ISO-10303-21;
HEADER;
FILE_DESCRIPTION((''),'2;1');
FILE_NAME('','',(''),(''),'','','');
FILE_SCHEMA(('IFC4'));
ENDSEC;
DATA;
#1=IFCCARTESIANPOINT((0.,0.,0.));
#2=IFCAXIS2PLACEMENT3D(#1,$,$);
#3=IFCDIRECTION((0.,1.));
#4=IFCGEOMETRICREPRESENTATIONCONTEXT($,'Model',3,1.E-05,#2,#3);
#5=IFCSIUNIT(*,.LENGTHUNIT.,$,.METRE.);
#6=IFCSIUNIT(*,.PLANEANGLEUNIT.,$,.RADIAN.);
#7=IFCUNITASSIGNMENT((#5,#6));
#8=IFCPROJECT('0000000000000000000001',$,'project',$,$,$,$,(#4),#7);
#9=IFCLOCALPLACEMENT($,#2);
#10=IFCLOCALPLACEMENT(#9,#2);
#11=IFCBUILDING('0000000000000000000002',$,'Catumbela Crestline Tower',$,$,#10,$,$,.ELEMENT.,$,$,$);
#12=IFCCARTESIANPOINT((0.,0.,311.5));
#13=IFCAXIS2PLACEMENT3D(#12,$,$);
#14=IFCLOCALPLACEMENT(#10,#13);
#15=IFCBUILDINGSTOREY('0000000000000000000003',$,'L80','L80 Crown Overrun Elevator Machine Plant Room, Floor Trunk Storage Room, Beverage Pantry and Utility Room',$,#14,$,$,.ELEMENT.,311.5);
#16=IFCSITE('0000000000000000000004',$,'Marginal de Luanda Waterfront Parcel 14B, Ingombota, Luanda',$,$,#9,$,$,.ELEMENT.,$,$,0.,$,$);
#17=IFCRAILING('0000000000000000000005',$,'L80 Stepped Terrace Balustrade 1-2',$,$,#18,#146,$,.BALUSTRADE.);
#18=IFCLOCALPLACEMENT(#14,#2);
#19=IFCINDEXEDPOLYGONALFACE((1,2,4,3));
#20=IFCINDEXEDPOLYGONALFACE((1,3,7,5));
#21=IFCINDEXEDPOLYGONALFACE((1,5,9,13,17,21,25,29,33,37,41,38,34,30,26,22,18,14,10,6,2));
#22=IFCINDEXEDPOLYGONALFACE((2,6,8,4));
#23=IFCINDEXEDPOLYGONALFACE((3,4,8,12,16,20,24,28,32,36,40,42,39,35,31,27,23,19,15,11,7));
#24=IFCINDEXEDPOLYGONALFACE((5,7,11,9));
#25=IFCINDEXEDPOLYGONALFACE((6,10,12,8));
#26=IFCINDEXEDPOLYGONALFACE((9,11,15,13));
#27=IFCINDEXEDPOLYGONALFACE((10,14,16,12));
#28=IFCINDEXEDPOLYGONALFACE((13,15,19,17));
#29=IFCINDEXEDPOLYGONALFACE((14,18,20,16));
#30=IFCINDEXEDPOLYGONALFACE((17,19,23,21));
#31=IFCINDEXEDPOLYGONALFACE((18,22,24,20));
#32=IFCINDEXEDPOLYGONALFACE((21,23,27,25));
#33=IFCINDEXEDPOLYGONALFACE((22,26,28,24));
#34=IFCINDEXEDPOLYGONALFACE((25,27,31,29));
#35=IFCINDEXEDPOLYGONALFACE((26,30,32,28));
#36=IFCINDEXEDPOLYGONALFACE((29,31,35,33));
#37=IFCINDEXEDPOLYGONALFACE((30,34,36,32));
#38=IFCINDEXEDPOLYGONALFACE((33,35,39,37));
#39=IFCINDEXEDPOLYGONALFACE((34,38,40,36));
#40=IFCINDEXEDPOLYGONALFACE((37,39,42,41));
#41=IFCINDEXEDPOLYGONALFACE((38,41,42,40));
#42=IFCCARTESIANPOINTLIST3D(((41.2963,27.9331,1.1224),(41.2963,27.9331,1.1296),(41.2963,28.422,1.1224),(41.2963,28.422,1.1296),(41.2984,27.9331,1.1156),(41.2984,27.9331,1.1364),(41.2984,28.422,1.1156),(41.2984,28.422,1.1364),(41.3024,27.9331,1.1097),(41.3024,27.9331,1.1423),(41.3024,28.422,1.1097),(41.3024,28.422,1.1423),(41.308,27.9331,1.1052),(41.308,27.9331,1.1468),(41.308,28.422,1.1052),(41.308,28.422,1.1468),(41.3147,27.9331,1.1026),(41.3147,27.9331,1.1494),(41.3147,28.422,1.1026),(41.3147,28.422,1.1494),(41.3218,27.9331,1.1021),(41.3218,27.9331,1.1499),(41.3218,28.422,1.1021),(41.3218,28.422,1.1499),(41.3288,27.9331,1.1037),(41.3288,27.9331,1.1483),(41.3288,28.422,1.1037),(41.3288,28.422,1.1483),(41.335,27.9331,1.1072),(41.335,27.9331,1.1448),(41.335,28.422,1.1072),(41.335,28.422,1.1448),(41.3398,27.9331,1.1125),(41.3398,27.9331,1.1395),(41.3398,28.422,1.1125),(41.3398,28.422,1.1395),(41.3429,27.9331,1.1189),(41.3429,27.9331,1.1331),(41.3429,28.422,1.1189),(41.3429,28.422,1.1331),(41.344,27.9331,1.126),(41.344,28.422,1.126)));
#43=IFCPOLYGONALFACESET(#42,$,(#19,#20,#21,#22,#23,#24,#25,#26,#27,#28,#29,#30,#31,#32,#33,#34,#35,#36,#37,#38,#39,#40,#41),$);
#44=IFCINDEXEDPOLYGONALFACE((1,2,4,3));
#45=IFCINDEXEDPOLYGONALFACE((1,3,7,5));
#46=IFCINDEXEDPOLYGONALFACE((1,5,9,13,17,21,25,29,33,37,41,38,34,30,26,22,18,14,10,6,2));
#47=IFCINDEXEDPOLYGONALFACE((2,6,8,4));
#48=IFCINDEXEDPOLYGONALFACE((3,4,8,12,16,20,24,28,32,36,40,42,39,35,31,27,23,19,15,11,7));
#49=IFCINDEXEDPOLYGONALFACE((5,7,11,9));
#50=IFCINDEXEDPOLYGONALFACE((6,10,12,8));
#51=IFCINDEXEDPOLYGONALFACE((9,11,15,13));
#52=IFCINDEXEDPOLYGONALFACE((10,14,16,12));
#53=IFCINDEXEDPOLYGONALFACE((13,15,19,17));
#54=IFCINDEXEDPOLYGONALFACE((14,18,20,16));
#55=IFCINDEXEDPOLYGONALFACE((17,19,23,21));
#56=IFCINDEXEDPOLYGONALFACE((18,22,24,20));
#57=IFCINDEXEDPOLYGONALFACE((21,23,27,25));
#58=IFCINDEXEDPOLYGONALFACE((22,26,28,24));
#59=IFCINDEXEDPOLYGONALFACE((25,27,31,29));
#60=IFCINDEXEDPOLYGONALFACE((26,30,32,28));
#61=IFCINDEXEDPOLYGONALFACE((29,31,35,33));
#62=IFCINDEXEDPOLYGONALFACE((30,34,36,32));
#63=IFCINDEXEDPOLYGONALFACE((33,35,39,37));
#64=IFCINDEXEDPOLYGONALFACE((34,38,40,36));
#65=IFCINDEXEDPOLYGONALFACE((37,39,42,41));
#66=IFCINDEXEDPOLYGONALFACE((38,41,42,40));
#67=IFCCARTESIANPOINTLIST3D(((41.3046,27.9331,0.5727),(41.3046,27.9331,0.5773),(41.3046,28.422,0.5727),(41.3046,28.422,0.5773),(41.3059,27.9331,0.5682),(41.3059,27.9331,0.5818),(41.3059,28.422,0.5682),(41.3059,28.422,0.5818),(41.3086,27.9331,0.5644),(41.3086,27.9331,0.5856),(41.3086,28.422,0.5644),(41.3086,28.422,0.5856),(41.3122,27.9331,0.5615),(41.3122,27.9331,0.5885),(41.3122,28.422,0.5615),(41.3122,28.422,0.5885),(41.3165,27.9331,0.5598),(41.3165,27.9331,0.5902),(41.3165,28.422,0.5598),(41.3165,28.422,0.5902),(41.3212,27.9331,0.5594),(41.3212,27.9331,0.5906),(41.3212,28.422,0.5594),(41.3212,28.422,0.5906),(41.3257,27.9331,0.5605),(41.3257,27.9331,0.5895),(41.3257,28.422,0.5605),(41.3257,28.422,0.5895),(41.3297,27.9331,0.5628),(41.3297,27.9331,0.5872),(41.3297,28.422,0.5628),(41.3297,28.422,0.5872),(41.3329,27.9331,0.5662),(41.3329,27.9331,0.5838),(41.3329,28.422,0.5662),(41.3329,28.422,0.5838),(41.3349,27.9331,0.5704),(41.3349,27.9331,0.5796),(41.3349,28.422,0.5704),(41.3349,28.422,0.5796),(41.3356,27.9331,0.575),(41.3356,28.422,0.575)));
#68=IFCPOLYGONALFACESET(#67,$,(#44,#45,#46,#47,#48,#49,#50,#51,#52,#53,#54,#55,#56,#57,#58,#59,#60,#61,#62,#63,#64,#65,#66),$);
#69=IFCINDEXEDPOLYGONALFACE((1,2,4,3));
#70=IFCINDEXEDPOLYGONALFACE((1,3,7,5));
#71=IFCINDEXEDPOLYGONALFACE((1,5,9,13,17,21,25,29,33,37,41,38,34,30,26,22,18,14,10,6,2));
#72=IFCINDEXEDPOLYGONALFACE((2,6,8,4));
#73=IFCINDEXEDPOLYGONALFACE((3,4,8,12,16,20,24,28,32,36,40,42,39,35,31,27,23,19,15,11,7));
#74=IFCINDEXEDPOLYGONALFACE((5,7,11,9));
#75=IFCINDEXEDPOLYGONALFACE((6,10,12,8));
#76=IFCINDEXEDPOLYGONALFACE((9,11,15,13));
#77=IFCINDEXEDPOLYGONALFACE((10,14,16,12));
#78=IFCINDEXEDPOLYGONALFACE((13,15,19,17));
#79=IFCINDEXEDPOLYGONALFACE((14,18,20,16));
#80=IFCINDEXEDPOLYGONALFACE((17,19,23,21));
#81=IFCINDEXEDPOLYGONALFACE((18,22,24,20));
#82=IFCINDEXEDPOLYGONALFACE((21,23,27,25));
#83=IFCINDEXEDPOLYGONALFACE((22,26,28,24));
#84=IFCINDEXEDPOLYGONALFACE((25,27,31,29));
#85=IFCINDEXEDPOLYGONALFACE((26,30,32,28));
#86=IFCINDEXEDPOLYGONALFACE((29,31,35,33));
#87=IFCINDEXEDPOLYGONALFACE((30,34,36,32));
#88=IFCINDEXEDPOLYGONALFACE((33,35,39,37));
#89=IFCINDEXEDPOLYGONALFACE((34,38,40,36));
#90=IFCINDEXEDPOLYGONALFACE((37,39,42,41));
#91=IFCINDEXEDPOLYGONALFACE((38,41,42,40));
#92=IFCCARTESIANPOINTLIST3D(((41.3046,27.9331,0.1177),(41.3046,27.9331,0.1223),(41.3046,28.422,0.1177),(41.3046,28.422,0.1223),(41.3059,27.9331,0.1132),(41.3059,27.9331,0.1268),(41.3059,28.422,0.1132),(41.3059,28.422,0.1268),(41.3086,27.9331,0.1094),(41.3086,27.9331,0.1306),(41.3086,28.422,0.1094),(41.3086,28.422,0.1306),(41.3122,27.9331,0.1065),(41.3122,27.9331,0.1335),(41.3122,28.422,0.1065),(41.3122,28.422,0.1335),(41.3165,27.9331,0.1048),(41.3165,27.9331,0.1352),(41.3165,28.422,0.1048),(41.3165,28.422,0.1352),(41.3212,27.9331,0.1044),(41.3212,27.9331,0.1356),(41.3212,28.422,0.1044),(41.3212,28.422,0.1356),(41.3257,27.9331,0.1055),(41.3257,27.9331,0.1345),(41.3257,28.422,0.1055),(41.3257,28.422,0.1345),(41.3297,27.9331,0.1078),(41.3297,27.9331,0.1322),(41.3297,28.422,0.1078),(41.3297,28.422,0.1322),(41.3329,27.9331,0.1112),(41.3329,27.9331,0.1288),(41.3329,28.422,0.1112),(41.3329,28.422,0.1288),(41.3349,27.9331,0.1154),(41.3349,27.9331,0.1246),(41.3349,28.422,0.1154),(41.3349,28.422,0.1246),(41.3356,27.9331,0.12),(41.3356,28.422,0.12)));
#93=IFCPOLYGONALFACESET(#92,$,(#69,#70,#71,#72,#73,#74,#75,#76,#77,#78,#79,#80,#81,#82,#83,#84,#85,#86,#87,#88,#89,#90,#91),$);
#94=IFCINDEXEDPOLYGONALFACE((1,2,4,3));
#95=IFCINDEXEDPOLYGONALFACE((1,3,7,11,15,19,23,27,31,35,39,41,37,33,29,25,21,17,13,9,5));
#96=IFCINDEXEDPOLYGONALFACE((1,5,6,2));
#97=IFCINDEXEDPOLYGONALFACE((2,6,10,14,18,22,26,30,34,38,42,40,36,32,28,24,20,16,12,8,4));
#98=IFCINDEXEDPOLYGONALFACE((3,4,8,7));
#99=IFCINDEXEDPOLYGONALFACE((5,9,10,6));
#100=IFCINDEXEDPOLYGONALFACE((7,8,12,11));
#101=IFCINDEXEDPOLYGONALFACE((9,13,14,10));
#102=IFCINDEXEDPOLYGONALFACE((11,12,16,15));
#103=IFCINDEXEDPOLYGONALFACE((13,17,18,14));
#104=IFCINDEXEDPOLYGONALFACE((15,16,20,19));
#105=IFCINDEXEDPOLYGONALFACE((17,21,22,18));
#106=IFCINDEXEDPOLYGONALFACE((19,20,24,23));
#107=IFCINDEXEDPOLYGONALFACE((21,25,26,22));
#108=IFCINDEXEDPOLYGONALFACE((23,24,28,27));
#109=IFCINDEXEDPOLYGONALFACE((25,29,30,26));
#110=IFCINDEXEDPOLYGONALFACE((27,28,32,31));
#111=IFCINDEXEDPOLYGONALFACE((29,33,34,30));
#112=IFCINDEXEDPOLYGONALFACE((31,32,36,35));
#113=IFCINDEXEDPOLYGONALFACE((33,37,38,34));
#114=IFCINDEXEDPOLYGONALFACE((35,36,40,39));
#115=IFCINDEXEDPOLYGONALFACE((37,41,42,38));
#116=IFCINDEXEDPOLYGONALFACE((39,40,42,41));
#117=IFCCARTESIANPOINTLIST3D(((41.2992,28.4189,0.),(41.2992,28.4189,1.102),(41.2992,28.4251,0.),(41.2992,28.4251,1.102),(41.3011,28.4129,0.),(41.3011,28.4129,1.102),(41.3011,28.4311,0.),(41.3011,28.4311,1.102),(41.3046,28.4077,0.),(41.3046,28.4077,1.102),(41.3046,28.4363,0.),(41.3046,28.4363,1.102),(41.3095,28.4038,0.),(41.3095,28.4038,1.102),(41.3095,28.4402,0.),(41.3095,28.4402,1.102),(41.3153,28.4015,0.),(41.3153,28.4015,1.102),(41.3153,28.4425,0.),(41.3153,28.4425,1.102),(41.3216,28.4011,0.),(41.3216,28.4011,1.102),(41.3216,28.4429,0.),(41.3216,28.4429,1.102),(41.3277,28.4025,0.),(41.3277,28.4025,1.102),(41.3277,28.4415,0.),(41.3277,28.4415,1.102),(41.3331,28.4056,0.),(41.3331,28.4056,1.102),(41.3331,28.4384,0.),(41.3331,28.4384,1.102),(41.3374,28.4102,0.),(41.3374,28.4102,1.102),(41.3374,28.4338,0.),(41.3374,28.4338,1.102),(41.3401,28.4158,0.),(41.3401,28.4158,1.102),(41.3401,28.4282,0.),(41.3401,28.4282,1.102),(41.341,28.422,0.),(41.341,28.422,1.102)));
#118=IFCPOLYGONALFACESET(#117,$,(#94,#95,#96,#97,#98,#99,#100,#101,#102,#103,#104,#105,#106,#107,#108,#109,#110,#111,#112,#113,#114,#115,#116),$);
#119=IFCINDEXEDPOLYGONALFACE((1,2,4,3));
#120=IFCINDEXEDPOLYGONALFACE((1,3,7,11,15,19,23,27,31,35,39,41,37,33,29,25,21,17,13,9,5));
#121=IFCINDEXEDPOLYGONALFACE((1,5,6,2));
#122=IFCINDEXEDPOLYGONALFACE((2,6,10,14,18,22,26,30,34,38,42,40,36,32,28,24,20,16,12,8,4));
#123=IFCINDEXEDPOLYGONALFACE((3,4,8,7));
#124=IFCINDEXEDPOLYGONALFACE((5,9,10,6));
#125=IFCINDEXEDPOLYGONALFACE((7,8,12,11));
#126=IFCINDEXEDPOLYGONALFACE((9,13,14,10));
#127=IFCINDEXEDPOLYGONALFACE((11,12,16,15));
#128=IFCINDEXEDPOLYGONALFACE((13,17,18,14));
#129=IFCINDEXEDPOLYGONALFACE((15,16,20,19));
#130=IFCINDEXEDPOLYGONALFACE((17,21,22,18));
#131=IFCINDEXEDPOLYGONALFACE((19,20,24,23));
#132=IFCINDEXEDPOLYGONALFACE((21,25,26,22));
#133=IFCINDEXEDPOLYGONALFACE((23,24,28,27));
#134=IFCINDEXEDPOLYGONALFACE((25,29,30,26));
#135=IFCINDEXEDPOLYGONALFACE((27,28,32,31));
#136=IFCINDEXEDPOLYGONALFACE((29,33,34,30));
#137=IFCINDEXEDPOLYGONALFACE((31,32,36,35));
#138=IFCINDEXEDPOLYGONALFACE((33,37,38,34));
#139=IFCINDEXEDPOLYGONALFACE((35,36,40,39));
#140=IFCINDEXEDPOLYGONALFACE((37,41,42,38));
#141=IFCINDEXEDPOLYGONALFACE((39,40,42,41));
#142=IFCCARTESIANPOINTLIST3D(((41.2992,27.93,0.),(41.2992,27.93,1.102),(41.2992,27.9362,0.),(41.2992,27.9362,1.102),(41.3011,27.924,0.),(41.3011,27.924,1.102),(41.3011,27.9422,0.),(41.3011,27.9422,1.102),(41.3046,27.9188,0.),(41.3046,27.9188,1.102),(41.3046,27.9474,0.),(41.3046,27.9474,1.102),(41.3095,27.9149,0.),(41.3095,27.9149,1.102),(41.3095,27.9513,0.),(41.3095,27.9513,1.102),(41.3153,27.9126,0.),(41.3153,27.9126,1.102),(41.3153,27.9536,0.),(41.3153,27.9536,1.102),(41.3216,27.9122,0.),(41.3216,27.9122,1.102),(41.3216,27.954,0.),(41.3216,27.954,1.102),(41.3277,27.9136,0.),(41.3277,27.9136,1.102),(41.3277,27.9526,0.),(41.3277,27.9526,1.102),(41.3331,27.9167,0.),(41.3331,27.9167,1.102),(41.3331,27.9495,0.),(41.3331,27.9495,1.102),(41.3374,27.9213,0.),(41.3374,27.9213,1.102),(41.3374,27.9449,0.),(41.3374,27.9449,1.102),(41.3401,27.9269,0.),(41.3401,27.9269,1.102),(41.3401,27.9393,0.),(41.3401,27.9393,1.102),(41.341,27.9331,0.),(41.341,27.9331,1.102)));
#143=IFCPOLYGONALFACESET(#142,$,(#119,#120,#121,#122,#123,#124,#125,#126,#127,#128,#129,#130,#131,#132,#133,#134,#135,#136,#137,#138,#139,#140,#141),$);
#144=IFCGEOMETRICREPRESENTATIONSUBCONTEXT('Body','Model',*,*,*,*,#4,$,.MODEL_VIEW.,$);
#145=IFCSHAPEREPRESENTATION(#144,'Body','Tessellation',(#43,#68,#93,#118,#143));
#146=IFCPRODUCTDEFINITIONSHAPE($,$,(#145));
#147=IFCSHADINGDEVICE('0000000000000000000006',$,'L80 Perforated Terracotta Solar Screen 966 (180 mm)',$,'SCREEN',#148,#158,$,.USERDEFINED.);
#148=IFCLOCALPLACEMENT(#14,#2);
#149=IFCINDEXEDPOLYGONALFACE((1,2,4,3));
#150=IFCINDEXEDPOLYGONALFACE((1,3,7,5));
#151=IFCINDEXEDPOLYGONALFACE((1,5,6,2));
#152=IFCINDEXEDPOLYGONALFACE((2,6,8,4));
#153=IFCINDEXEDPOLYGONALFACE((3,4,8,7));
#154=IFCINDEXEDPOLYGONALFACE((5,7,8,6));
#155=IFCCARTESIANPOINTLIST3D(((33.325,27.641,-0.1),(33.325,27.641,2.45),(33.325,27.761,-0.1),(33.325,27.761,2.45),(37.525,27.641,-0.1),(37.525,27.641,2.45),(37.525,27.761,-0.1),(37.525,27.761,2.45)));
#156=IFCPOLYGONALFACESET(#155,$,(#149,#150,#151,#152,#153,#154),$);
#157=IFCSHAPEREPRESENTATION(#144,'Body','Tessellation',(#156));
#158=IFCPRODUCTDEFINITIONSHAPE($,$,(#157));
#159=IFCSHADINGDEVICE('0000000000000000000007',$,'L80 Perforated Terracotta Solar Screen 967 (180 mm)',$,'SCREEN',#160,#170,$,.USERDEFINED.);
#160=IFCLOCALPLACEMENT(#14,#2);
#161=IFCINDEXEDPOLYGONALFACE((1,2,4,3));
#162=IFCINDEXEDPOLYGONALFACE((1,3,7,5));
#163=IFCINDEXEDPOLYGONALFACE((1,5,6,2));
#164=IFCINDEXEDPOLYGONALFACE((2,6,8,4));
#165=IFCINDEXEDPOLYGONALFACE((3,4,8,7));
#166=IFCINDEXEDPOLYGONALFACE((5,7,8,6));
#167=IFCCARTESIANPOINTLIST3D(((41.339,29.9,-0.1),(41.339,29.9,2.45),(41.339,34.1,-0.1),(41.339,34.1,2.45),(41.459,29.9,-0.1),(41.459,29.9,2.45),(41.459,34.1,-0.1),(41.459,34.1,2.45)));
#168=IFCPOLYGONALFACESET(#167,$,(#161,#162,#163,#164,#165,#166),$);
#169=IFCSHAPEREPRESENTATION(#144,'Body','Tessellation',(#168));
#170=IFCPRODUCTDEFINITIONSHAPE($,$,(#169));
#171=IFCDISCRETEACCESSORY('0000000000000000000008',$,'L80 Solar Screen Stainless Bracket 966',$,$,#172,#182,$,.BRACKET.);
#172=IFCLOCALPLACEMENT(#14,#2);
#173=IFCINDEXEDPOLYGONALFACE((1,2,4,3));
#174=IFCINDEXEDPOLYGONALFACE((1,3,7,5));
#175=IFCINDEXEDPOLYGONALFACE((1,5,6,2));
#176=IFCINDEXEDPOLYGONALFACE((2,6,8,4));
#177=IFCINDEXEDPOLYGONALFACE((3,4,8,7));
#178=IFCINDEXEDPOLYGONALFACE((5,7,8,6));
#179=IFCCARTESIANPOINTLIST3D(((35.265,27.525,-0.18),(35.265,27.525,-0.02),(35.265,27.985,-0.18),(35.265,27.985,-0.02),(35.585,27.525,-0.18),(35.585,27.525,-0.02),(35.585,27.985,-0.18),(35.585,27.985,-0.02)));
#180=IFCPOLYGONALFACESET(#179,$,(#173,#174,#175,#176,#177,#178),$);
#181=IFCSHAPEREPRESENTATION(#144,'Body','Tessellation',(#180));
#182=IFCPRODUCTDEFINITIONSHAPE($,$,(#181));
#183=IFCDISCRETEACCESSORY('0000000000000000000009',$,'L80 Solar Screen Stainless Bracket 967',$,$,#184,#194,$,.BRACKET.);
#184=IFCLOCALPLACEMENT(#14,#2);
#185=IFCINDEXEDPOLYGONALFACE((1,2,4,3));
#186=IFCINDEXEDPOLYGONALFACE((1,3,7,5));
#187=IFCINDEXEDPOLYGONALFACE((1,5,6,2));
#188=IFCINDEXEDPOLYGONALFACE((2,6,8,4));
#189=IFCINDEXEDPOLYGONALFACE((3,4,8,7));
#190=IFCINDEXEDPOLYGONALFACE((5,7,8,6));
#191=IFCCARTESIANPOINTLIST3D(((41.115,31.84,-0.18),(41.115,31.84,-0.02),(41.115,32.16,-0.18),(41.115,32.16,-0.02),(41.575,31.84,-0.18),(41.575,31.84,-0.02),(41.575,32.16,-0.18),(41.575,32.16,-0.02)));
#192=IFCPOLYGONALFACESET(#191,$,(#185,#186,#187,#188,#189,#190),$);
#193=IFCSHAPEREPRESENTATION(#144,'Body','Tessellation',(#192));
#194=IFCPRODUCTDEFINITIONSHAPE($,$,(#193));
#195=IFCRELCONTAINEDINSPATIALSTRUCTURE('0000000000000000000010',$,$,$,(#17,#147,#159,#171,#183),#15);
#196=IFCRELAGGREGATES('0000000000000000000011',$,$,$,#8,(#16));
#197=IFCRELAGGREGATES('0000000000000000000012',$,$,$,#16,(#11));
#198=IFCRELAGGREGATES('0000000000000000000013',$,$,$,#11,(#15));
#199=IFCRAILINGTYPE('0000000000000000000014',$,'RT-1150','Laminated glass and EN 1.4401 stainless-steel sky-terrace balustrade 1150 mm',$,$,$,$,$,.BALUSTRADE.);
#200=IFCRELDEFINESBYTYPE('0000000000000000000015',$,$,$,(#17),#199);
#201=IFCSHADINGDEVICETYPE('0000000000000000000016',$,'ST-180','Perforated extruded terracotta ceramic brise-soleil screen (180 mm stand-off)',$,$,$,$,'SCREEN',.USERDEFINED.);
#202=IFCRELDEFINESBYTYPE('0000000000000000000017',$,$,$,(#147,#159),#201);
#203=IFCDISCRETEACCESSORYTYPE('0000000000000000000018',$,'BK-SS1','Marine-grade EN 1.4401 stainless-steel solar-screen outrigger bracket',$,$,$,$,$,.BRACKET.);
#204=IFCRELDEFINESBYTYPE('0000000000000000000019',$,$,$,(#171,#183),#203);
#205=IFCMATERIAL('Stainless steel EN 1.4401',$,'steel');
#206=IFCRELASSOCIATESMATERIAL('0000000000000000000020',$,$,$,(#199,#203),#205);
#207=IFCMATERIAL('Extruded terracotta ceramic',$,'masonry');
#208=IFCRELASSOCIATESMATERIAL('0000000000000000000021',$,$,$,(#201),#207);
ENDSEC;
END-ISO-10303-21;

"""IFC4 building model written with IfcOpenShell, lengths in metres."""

from ifc_helpers import new_model, si_unit, direction, frame, origin, origin_2d, place, context, subcontext, project, spatial, rectangle, circle, extrude, material, type_object, element, save


model = new_model("IFC4")

# Units and contexts
model_context = context("Model", 3, precision=1e-05, world=origin(), true_north=direction((0.0, 1.0)))
body_context = subcontext(model_context, "Body", "Model", "MODEL_VIEW")
ifc_project = project(units=[si_unit("LENGTHUNIT", "METRE"), si_unit("PLANEANGLEUNIT", "RADIAN")], contexts=[model_context])

# Site, building, storey
site_placement = place(None, origin())
site = spatial("IfcSite", under=ifc_project, at=site_placement, Name="Marginal de Luanda Waterfront Parcel 14B, Ingombota, Luanda", CompositionType="ELEMENT", RefElevation=0.0)
building_placement = place(site_placement, origin())
building = spatial("IfcBuilding", under=site, at=building_placement, Name="Catumbela Crestline Tower", CompositionType="ELEMENT")
storey_placement = place(building_placement, frame((0.0, 0.0, 311.5)))
storey = spatial("IfcBuildingStorey", under=building, at=storey_placement, Name="L80", Description="L80 Crown Overrun Elevator Machine Plant Room, Floor Trunk Storage Room, Beverage Pantry and Utility Room", CompositionType="ELEMENT", Elevation=311.5)

# Shared definitions
ifc_material_1 = material(Name="Stainless steel EN 1.4401", Category="steel")

# Railing
railing_type = type_object("IfcRailingType", Name="RT-1150", Description="Laminated glass and EN 1.4401 stainless-steel sky-terrace balustrade 1150 mm", PredefinedType="BALUSTRADE", material=ifc_material_1)
railing_1_placement = place(storey_placement, frame((41.32, 28.422, 0.0)))
element("IfcRailing", 1, at=railing_1_placement, inside=storey, type_object=railing_type, Name="L80 Stepped Terrace Balustrade 1-2", PredefinedType="BALUSTRADE", context=body_context, shape_type="SweptSolid", body=[
    extrude(circle(Radius=0.024, at=origin_2d()), frame((0.0, 0.0, 1.126), z_axis=(0.0, -1.0, 0.0), x_axis=(1.0, 0.0, 0.0)), (0.0, 0.0, 1.0), 0.4889),
    extrude(circle(Radius=0.0156, at=origin_2d()), frame((0.0, 0.0, 0.575), z_axis=(0.0, -1.0, 0.0), x_axis=(1.0, 0.0, 0.0)), (0.0, 0.0, 1.0), 0.4889),
    extrude(circle(Radius=0.0156, at=origin_2d()), frame((0.0, 0.0, 0.12), z_axis=(0.0, -1.0, 0.0), x_axis=(1.0, 0.0, 0.0)), (0.0, 0.0, 1.0), 0.4889),
    extrude(circle(Radius=0.021, at=origin_2d()), origin(), (0.0, 0.0, 1.0), 1.102),
    extrude(circle(Radius=0.021, at=origin_2d()), frame((0.0, -0.4889, 0.0)), (0.0, 0.0, 1.0), 1.102),
])

# Shading devices
ifc_material_2 = material(Name="Extruded terracotta ceramic", Category="masonry")
shading_device_type = type_object("IfcShadingDeviceType", Name="ST-180", Description="Perforated extruded terracotta ceramic brise-soleil screen (180 mm stand-off)", ElementType="SCREEN", PredefinedType="USERDEFINED", material=ifc_material_2)
for number, where, z_axis, x_axis, name in (
    (2, (35.425, 27.701, -0.1), (0.0, 0.0, 1.0), (1.0, 0.0, 0.0), "L80 Perforated Terracotta Solar Screen 966 (180 mm)"),
    (3, (41.399, 32.0, -0.1), (0.0, 0.0, 1.0), (0.0, 1.0, 0.0), "L80 Perforated Terracotta Solar Screen 967 (180 mm)"),
):
    element("IfcShadingDevice", number, at=place(storey_placement, frame(where, z_axis=z_axis, x_axis=x_axis)), inside=storey, type_object=shading_device_type, Name=name, ObjectType="SCREEN", PredefinedType="USERDEFINED", context=body_context, shape_type="SweptSolid", body=[
        extrude(rectangle(XDim=4.2, YDim=0.12, at=origin_2d()), origin(), (0.0, 0.0, 1.0), 2.55),
    ])

# Discrete accessories
discrete_accessory_type = type_object("IfcDiscreteAccessoryType", Name="BK-SS1", Description="Marine-grade EN 1.4401 stainless-steel solar-screen outrigger bracket", PredefinedType="BRACKET", material=ifc_material_1)
for number, where, z_axis, x_axis, name in (
    (4, (35.425, 27.755, -0.18), (0.0, 0.0, 1.0), (1.0, 0.0, 0.0), "L80 Solar Screen Stainless Bracket 966"),
    (5, (41.345, 32.0, -0.18), (0.0, 0.0, 1.0), (0.0, 1.0, 0.0), "L80 Solar Screen Stainless Bracket 967"),
):
    element("IfcDiscreteAccessory", number, at=place(storey_placement, frame(where, z_axis=z_axis, x_axis=x_axis)), inside=storey, type_object=discrete_accessory_type, Name=name, PredefinedType="BRACKET", context=body_context, shape_type="SweptSolid", body=[
        extrude(rectangle(XDim=0.32, YDim=0.46, at=origin_2d()), origin(), (0.0, 0.0, 1.0), 0.16),
    ])

save(model, "model.ifc")
